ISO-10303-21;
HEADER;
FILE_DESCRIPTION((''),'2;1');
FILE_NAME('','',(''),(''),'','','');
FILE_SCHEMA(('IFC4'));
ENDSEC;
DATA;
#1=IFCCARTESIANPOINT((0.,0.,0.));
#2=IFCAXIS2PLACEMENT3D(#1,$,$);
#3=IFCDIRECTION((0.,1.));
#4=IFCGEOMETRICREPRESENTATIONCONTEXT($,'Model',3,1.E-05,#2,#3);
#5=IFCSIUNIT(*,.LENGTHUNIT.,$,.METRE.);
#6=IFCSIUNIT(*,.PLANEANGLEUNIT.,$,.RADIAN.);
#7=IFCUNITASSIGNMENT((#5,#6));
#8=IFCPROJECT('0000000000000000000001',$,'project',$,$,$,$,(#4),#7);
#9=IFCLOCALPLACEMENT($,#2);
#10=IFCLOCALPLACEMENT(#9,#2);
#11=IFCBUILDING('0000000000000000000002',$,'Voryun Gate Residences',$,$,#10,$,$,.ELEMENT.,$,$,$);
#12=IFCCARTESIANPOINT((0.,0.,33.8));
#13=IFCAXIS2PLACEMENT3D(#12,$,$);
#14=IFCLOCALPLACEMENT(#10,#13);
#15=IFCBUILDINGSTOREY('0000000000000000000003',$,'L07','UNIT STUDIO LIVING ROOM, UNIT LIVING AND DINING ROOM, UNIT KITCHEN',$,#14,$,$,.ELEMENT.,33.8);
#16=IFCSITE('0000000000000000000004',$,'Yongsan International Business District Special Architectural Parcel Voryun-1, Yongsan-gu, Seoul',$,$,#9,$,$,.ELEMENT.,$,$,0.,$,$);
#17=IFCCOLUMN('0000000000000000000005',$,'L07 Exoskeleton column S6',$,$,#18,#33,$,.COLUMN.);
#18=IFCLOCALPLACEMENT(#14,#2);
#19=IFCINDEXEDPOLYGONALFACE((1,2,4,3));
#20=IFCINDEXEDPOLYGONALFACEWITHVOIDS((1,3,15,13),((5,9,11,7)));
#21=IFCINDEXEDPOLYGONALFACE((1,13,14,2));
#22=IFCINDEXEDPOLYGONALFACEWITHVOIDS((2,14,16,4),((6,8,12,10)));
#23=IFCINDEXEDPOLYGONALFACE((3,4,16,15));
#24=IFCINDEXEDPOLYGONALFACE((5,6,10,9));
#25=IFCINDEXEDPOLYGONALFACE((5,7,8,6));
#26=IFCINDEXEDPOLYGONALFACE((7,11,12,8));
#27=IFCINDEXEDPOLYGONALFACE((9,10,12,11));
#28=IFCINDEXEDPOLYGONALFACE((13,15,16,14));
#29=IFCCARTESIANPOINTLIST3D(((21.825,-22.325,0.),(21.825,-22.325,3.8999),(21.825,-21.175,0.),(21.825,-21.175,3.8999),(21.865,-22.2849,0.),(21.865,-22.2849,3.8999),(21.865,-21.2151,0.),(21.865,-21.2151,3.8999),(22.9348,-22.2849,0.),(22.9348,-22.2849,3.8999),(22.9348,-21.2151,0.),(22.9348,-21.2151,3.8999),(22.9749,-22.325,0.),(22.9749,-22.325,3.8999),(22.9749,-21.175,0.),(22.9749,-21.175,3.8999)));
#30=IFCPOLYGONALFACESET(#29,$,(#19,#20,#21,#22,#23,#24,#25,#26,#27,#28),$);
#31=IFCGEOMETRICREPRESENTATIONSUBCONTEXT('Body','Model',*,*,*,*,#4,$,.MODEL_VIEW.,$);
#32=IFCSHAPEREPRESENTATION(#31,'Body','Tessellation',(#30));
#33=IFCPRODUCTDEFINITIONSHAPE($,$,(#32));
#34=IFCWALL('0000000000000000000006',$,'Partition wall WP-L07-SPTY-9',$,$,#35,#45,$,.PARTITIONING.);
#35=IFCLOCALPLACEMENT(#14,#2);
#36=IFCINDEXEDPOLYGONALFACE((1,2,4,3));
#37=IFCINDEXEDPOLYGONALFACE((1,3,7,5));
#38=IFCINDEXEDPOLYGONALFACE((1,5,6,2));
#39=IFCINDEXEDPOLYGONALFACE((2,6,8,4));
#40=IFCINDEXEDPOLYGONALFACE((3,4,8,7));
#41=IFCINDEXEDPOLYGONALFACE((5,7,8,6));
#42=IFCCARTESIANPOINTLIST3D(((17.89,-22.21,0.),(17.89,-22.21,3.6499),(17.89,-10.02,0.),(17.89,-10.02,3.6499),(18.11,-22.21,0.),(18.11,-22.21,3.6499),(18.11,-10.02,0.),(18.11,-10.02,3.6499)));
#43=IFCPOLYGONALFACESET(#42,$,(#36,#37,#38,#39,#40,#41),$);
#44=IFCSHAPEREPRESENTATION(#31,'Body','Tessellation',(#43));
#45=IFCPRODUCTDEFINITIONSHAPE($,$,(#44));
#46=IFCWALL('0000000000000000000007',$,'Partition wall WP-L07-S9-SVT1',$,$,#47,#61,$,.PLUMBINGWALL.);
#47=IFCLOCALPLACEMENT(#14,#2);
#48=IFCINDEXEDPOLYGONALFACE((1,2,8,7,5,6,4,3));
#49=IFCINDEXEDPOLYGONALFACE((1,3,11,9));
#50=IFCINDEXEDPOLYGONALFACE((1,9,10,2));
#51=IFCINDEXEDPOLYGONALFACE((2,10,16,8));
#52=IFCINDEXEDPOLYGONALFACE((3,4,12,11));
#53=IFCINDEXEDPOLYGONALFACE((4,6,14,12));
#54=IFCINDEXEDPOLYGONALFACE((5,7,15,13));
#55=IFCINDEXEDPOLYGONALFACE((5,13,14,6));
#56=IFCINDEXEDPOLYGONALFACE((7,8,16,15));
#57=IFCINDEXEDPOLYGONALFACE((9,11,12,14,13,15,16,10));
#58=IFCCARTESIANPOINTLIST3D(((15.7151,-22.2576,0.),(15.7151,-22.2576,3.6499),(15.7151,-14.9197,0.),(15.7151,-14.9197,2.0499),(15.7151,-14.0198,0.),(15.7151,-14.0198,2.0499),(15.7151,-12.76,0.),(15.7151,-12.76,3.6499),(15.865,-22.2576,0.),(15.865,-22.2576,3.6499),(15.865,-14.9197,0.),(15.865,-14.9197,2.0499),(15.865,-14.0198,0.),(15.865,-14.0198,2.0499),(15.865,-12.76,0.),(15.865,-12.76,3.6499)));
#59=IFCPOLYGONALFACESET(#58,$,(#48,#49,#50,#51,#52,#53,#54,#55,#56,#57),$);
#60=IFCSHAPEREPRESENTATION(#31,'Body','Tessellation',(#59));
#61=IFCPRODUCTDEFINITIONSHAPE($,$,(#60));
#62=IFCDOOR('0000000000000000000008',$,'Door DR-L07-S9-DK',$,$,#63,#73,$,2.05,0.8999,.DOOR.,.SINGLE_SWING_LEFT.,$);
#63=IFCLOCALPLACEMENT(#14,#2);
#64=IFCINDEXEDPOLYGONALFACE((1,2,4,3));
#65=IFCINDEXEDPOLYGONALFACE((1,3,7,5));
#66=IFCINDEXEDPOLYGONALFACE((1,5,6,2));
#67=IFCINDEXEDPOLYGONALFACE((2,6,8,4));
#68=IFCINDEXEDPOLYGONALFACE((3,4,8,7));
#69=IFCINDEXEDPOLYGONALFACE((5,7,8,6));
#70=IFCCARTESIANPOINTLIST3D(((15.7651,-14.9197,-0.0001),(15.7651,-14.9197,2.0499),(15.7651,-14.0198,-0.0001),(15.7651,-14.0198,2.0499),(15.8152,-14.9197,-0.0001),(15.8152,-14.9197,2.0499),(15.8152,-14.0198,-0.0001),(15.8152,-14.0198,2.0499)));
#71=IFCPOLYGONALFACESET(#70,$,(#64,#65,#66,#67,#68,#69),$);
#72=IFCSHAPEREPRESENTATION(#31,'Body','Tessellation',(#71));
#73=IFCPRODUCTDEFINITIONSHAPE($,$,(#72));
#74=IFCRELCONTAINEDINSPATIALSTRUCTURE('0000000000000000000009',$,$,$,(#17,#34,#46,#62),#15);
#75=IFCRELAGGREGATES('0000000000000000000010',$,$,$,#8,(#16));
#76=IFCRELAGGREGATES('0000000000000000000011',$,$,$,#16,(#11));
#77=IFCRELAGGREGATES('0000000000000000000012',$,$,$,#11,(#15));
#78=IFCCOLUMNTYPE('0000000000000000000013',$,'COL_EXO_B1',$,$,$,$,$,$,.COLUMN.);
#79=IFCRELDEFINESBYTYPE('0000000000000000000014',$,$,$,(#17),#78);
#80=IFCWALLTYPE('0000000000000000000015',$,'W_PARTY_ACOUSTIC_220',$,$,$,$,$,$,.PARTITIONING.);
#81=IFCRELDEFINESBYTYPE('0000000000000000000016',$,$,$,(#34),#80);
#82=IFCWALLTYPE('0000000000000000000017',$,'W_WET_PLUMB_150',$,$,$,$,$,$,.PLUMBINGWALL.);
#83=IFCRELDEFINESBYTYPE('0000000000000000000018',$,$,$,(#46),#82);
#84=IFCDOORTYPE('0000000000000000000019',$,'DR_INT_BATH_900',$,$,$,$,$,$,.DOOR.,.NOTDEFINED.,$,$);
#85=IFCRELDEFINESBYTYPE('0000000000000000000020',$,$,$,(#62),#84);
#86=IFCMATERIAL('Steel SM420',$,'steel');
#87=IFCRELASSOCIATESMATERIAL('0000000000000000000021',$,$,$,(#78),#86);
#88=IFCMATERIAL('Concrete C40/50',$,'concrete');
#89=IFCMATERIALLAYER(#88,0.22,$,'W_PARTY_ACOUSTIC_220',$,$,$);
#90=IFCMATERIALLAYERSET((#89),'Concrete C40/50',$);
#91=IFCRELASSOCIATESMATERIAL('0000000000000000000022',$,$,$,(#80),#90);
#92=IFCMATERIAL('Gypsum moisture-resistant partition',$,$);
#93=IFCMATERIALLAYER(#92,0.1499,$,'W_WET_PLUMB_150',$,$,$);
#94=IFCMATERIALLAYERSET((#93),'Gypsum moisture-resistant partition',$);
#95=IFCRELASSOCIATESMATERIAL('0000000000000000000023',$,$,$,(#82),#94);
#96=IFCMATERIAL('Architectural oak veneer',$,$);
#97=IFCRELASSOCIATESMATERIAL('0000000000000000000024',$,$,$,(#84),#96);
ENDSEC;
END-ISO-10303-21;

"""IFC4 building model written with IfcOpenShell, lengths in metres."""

from ifc_helpers import new_model, si_unit, direction, frame, frame_2d, origin, origin_2d, place, context, subcontext, project, spatial, rectangle, hollow_rectangle, extrude, material, layer, layer_set, material_profile, profile_set, type_object, element, fill, save


model = new_model("IFC4")

# Units and contexts
model_context = context("Model", 3, precision=1e-05, world=origin(), true_north=direction((0.0, 1.0)))
body_context = subcontext(model_context, "Body", "Model", "MODEL_VIEW")
ifc_project = project(units=[si_unit("LENGTHUNIT", "METRE"), si_unit("PLANEANGLEUNIT", "RADIAN")], contexts=[model_context])

# Site, building, storey
site_placement = place(None, origin())
site = spatial("IfcSite", under=ifc_project, at=site_placement, Name="Yongsan International Business District Special Architectural Parcel Voryun-1, Yongsan-gu, Seoul", CompositionType="ELEMENT", RefElevation=0.0)
building_placement = place(site_placement, origin())
building = spatial("IfcBuilding", under=site, at=building_placement, Name="Voryun Gate Residences", CompositionType="ELEMENT")
storey_placement = place(building_placement, frame((0.0, 0.0, 33.8)))
storey = spatial("IfcBuildingStorey", under=building, at=storey_placement, Name="L07", Description="UNIT STUDIO LIVING ROOM, UNIT LIVING AND DINING ROOM, UNIT KITCHEN", CompositionType="ELEMENT", Elevation=33.8)

# Column
ifc_material_1 = material(Name="Steel SM420", Category="steel")
ifc_material_profile = material_profile(ifc_material_1, hollow_rectangle(XDim=1.1499, YDim=1.1499, WallThickness=0.04, at=origin_2d()), Name="BOX-1150x1150x40")
ifc_profile_set = profile_set([ifc_material_profile], Name="Steel SM420")
column_type = type_object("IfcColumnType", Name="COL_EXO_B1", PredefinedType="COLUMN", material=ifc_profile_set)
column_placement = place(storey_placement, frame((22.3999, -21.75, 0.0), z_axis=(0.0, 0.0, 1.0), x_axis=(1.0, 0.0, 0.0)))
element("IfcColumn", 1, at=column_placement, inside=storey, type_object=column_type, Name="L07 Exoskeleton column S6", PredefinedType="COLUMN", context=body_context, shape_type="SweptSolid", body=[
    extrude(hollow_rectangle(XDim=1.1499, YDim=1.1499, WallThickness=0.04, at=origin_2d()), origin(), (0.0, 0.0, 1.0), 3.8999),
])

# Wall
ifc_material_2 = material(Name="Concrete C40/50", Category="concrete")
ifc_layer_1 = layer(ifc_material_2, 0.22, Name="W_PARTY_ACOUSTIC_220")
ifc_layer_set_1 = layer_set([ifc_layer_1], Name="Concrete C40/50")
wall_type_1 = type_object("IfcWallType", Name="W_PARTY_ACOUSTIC_220", PredefinedType="PARTITIONING", material=ifc_layer_set_1)
wall_1_placement = place(storey_placement, frame((18.0, -22.21, 0.0), z_axis=(0.0, 0.0, 1.0), x_axis=(0.0, 1.0, 0.0)))
element("IfcWall", 2, at=wall_1_placement, inside=storey, type_object=wall_type_1, Name="Partition wall WP-L07-SPTY-9", PredefinedType="PARTITIONING", context=body_context, shape_type="SweptSolid", body=[
    extrude(rectangle(XDim=12.1899, YDim=0.22, at=frame_2d((6.095, 0.0))), origin(), (0.0, 0.0, 1.0), 3.6499),
])

# Wall, opening, door
ifc_material_3 = material(Name="Gypsum moisture-resistant partition")
ifc_layer_2 = layer(ifc_material_3, 0.1499, Name="W_WET_PLUMB_150")
ifc_layer_set_2 = layer_set([ifc_layer_2], Name="Gypsum moisture-resistant partition")
wall_type_2 = type_object("IfcWallType", Name="W_WET_PLUMB_150", PredefinedType="PLUMBINGWALL", material=ifc_layer_set_2)
wall_2_placement = place(storey_placement, frame((15.79, -22.2576, 0.0), z_axis=(0.0, 0.0, 1.0), x_axis=(0.0, 1.0, 0.0)))
wall_2 = element("IfcWall", 3, at=wall_2_placement, inside=storey, type_object=wall_type_2, Name="Partition wall WP-L07-S9-SVT1", PredefinedType="PLUMBINGWALL", context=body_context, shape_type="SweptSolid", body=[
    extrude(rectangle(XDim=9.4976, YDim=0.1499, at=frame_2d((4.7488, 0.0))), origin(), (0.0, 0.0, 1.0), 3.6499),
])
opening_1_placement = place(wall_2_placement, frame((7.3379, 0.0, 0.0)))
opening_1 = element("IfcOpeningElement", 4, at=opening_1_placement, cuts=wall_2, PredefinedType="OPENING", context=body_context, shape_type="SweptSolid", body=[
    extrude(rectangle(XDim=0.8999, YDim=2.05, at=frame_2d((0.45, 1.0249))), frame((0.0, 0.085, 0.0), z_axis=(0.0, -1.0, 0.0), x_axis=(1.0, 0.0, 0.0)), (0.0, 0.0, 1.0), 0.1699),
])
ifc_material_4 = material(Name="Architectural oak veneer")
door_type = type_object("IfcDoorType", Name="DR_INT_BATH_900", OperationType="NOTDEFINED", PredefinedType="DOOR", material=ifc_material_4)
door_placement = place(opening_1_placement, origin())
door = element("IfcDoor", 5, at=door_placement, inside=storey, type_object=door_type, Name="Door DR-L07-S9-DK", OperationType="SINGLE_SWING_LEFT", OverallHeight=2.05, OverallWidth=0.8999, PredefinedType="DOOR", context=body_context, shape_type="SweptSolid", body=[
    extrude(rectangle(XDim=0.8999, YDim=2.05, at=frame_2d((0.45, 1.0249))), frame((0.0, 0.0249, 0.0), z_axis=(0.0, -1.0, 0.0), x_axis=(1.0, 0.0, 0.0)), (0.0, 0.0, 1.0), 0.05),
])
fill(opening_1, door)

save(model, "model.ifc")
